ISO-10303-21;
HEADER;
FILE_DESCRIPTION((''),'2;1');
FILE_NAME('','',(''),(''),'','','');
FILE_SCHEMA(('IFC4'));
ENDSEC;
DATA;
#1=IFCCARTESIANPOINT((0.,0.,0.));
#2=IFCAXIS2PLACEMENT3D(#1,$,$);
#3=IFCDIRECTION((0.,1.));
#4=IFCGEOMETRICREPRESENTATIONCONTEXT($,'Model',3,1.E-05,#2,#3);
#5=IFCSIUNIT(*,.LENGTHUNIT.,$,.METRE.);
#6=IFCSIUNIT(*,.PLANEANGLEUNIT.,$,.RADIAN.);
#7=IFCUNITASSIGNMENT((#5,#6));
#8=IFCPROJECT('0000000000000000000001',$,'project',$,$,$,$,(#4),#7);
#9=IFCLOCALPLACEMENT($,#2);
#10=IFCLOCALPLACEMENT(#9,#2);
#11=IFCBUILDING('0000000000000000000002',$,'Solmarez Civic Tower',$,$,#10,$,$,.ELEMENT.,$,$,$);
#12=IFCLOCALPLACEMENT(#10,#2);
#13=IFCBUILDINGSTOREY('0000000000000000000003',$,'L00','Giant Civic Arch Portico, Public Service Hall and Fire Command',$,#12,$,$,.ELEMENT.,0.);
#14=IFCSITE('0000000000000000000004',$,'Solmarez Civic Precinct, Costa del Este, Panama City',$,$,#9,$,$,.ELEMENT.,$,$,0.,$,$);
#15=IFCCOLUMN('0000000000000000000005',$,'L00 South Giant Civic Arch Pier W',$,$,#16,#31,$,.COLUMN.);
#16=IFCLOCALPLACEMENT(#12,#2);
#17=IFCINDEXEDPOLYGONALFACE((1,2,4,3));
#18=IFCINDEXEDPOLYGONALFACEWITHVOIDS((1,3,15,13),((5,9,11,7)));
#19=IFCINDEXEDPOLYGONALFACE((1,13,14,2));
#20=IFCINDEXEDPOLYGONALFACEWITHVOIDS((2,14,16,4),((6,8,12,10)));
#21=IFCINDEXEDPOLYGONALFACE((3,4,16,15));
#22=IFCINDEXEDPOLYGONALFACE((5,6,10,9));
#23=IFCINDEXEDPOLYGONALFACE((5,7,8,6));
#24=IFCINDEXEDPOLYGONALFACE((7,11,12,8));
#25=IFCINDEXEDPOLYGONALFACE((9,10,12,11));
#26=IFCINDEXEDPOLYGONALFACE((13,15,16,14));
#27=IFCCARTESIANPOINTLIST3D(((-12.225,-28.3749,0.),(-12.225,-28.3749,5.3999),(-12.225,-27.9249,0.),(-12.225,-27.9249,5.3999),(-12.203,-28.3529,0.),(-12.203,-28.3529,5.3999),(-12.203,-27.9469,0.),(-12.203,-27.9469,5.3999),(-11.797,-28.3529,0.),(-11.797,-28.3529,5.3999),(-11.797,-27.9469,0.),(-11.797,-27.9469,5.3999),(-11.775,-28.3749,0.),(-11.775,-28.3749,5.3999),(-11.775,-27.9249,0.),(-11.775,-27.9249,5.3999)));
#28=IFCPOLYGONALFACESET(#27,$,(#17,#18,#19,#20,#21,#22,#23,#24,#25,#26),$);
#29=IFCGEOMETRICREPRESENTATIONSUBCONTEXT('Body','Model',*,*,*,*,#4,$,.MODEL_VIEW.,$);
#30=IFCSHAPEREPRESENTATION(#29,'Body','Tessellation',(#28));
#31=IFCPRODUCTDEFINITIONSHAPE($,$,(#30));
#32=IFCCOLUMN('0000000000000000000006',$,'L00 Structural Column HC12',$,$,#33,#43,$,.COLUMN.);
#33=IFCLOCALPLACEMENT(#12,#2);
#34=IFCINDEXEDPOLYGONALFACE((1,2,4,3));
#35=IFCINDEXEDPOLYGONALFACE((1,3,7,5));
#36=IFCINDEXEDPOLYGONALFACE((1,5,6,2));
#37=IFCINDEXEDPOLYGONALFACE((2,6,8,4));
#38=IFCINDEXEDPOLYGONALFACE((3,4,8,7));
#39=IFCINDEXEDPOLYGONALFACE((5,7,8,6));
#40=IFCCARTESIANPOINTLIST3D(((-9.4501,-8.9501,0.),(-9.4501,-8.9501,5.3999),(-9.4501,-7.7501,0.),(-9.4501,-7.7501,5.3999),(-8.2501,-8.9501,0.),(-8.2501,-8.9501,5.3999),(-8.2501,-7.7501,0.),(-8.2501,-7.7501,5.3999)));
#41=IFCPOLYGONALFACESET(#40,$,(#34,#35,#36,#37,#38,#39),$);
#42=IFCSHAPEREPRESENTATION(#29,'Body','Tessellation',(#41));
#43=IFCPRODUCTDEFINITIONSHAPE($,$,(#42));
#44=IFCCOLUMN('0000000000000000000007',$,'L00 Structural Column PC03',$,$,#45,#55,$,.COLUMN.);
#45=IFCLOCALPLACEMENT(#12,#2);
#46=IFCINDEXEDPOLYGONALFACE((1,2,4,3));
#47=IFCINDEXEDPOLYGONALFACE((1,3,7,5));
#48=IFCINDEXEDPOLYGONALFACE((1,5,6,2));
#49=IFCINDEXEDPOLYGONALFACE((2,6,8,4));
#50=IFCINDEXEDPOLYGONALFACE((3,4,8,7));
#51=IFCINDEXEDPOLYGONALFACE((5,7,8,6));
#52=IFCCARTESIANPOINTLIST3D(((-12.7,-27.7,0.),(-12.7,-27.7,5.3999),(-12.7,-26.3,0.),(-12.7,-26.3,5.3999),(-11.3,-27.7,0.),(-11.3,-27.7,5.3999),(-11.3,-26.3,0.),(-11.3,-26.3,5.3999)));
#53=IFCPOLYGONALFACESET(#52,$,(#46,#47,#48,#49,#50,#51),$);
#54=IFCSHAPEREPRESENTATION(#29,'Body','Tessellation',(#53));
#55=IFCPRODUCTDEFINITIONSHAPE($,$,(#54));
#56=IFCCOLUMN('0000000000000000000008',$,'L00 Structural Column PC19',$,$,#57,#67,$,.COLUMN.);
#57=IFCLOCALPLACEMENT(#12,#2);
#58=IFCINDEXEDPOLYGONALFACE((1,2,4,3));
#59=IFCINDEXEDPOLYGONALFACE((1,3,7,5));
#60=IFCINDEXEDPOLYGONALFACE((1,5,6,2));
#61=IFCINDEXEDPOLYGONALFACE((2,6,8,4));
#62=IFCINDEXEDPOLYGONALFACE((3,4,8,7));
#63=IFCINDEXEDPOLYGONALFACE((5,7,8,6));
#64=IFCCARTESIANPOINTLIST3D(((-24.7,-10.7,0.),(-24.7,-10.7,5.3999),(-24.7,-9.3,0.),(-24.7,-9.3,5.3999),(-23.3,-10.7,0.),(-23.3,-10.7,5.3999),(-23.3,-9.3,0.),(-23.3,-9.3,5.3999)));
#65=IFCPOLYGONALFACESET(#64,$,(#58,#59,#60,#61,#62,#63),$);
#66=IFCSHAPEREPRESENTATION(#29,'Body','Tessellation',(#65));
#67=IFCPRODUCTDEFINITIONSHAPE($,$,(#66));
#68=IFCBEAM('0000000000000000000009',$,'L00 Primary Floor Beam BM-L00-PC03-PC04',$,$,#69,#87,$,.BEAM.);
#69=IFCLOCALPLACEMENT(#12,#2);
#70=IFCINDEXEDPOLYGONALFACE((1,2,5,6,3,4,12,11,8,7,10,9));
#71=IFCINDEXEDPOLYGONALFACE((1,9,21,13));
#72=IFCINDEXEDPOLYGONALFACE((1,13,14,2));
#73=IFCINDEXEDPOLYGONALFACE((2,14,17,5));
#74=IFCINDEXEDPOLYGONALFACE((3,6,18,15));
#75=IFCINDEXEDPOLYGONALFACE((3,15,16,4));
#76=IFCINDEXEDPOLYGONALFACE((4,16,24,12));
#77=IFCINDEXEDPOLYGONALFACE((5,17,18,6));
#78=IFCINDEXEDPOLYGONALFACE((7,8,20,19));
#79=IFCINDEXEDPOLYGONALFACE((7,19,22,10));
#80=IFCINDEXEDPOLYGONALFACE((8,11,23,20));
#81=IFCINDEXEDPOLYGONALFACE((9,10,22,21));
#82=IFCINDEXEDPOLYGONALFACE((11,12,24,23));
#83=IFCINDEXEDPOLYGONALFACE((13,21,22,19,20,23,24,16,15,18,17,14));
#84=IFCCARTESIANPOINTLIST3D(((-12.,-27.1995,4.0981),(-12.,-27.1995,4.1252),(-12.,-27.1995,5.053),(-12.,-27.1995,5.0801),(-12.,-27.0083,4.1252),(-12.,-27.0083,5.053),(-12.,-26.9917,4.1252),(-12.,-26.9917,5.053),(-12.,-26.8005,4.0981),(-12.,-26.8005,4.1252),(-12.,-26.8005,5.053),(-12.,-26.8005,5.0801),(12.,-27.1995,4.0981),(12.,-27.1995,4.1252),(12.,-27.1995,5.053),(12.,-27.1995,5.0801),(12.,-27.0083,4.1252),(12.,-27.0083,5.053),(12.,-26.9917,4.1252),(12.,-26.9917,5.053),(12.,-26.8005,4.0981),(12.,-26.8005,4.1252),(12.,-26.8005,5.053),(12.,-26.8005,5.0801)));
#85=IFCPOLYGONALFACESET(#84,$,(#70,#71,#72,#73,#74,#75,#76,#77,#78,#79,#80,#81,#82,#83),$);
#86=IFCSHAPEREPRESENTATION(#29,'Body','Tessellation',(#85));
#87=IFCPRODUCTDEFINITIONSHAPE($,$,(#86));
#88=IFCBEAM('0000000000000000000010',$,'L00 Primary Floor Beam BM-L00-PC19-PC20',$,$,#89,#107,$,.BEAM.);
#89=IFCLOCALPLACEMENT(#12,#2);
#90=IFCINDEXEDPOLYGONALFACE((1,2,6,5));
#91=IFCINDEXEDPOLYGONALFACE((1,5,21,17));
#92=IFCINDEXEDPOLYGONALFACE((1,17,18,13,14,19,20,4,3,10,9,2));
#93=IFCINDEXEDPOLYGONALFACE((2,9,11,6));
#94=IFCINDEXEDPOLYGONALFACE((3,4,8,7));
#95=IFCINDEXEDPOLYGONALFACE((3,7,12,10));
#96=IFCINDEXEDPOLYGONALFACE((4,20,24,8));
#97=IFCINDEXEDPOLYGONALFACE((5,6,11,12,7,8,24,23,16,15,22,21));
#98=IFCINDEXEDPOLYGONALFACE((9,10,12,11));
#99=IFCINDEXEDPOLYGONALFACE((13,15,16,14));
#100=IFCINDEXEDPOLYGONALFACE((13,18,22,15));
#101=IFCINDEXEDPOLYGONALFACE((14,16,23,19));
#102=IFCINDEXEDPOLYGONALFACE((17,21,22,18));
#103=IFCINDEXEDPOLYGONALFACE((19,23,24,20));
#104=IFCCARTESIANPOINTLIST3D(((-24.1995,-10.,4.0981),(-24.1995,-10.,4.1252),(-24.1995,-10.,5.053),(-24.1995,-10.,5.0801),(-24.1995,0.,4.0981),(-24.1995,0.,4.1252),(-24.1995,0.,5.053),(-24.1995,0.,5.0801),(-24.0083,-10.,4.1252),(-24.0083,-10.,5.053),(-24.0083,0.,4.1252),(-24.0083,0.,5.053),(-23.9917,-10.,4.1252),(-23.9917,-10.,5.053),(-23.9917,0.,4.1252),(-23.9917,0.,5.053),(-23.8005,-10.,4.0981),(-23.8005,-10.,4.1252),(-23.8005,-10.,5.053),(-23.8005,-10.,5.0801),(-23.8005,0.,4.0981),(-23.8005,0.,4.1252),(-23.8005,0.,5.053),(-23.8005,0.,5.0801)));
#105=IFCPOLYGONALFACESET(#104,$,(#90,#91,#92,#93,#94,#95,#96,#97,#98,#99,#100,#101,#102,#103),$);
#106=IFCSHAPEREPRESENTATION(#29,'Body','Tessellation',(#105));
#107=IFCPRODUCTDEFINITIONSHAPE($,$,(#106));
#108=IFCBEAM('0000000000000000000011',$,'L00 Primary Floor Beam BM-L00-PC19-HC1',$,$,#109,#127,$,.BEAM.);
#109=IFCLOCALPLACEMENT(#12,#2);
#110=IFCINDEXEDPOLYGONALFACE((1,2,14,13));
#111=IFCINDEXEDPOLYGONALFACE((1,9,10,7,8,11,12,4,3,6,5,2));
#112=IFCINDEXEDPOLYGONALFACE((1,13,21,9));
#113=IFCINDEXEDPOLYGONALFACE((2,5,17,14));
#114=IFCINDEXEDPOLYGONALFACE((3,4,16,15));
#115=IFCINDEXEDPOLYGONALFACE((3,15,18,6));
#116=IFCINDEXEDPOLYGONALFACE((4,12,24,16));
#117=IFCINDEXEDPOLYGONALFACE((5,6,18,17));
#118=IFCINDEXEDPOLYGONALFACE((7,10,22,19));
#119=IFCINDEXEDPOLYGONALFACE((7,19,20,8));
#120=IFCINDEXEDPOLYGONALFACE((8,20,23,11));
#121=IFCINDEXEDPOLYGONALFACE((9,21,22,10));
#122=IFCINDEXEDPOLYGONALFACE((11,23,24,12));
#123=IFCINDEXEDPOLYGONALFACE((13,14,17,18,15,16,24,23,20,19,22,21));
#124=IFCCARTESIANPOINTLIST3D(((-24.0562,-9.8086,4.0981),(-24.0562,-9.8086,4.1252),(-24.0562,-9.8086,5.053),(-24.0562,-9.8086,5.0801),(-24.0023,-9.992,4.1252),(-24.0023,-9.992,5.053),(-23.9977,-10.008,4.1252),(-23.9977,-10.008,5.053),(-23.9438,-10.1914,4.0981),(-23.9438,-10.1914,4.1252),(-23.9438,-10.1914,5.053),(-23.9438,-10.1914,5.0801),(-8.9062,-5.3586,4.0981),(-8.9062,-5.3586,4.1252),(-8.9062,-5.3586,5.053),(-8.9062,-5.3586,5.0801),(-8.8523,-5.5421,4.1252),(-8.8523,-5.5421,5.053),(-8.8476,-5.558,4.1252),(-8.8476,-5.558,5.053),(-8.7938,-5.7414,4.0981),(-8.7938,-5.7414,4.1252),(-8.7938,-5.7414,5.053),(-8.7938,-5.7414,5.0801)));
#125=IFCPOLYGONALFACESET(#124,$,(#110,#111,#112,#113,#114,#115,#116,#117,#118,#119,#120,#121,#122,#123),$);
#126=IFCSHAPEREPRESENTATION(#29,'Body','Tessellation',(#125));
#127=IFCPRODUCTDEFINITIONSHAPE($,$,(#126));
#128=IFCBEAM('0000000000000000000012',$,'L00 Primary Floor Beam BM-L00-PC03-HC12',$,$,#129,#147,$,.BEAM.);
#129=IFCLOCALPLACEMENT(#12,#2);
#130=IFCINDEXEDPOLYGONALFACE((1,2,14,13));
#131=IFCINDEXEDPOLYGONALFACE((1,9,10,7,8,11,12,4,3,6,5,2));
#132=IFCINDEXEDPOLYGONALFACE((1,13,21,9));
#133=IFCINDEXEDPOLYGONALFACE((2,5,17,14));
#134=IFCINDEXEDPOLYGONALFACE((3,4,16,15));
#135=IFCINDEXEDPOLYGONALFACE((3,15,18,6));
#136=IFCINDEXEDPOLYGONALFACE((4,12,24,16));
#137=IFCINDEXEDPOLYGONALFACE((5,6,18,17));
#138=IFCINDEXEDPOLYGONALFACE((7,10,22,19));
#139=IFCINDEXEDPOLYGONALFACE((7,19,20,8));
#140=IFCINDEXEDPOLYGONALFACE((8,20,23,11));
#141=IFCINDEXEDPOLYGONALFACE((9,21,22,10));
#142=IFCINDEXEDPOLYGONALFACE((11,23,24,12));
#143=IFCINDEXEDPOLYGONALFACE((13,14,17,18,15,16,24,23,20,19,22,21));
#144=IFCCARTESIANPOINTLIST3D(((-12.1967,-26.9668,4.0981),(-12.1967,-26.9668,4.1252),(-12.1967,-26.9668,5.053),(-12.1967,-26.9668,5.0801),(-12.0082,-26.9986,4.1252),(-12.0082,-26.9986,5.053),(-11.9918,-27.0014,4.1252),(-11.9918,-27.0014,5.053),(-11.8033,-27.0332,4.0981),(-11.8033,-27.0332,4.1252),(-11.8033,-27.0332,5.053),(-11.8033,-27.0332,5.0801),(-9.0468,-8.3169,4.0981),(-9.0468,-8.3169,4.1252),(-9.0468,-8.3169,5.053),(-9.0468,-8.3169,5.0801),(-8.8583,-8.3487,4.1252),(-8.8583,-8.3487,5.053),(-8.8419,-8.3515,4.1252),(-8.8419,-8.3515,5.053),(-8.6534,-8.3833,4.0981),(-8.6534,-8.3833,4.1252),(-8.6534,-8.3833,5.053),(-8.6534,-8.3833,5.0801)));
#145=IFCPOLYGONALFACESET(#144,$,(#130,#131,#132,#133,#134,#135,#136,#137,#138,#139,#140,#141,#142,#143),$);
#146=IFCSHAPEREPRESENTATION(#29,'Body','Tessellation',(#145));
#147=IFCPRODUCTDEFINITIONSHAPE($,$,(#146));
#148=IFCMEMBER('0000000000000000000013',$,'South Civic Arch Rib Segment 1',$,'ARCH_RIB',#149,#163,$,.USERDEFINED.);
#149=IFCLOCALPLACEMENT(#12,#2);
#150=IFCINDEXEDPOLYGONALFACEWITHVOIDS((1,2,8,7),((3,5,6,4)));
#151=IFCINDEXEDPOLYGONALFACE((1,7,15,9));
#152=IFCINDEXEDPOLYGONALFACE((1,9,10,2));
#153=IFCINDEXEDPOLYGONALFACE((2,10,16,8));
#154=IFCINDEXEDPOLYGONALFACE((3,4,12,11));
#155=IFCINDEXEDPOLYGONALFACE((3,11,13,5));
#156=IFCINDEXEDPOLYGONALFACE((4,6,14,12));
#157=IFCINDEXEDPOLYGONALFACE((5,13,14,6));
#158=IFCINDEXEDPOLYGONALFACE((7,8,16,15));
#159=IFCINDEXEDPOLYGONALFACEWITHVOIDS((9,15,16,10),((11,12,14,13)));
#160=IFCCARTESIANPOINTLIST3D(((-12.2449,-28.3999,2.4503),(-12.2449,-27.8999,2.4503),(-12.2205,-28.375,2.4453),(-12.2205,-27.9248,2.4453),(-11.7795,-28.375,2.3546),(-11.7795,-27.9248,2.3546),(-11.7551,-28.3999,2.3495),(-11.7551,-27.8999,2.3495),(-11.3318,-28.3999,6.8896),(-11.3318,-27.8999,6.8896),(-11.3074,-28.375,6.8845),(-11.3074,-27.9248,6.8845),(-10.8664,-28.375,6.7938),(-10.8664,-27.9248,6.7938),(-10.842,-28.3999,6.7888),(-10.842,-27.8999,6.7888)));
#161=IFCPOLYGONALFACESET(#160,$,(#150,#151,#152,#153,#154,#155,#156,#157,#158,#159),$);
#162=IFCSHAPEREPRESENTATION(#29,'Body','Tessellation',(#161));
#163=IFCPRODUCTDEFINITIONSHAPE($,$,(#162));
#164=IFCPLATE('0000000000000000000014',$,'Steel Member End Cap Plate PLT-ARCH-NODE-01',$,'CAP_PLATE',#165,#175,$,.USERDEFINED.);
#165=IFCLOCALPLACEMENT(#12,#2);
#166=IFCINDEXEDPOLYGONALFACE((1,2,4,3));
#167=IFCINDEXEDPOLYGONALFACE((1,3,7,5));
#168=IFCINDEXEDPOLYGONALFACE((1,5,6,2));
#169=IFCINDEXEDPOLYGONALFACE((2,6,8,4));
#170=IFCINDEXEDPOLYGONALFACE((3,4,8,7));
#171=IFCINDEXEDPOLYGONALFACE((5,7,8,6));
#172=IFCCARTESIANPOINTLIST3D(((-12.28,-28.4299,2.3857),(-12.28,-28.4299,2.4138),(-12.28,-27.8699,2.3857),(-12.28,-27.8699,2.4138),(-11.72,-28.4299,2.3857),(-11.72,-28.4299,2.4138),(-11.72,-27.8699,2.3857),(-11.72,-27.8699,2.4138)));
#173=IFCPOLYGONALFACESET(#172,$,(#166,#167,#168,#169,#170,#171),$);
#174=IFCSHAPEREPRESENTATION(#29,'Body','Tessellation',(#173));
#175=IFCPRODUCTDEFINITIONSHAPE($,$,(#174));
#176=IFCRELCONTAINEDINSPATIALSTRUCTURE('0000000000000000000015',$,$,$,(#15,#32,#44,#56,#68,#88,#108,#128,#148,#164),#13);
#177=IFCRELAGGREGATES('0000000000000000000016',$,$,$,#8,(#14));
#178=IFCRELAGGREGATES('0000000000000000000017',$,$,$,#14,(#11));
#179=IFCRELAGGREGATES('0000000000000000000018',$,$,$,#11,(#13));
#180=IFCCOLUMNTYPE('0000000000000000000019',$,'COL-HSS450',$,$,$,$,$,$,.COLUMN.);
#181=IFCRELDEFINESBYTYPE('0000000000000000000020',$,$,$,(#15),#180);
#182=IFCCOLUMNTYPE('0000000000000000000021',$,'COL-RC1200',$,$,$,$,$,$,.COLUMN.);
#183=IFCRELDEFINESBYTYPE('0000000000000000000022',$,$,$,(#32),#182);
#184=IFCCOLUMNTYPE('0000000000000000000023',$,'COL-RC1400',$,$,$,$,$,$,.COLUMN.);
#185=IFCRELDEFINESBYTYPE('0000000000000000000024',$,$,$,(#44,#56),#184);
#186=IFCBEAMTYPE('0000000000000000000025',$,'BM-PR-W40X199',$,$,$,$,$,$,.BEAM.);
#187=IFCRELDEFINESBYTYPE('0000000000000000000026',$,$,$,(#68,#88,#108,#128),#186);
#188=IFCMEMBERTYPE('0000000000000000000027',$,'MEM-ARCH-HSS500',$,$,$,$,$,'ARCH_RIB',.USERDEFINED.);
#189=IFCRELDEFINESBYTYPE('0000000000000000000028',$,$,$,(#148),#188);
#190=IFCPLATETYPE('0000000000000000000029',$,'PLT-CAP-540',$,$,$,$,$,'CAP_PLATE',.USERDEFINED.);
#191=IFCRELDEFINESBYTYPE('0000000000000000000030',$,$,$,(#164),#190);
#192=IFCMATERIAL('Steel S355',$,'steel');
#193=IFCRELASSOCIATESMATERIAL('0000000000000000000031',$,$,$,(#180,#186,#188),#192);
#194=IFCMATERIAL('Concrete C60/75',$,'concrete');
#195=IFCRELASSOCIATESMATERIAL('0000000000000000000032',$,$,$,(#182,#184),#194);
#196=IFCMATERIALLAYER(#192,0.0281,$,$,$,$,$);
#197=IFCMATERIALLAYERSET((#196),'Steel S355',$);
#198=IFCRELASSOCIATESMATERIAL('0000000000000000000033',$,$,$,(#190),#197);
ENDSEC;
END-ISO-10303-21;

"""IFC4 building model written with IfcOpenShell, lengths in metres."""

from ifc_helpers import new_model, si_unit, direction, frame, origin, origin_2d, place, context, subcontext, project, spatial, rectangle, hollow_rectangle, i_section, extrude, material, layer, layer_set, material_profile, profile_set, type_object, element, save


model = new_model("IFC4")

# Units and contexts
model_context = context("Model", 3, precision=1e-05, world=origin(), true_north=direction((0.0, 1.0)))
body_context = subcontext(model_context, "Body", "Model", "MODEL_VIEW")
ifc_project = project(units=[si_unit("LENGTHUNIT", "METRE"), si_unit("PLANEANGLEUNIT", "RADIAN")], contexts=[model_context])

# Site, building, storey
site_placement = place(None, origin())
site = spatial("IfcSite", under=ifc_project, at=site_placement, Name="Solmarez Civic Precinct, Costa del Este, Panama City", CompositionType="ELEMENT", RefElevation=0.0)
building_placement = place(site_placement, origin())
building = spatial("IfcBuilding", under=site, at=building_placement, Name="Solmarez Civic Tower", CompositionType="ELEMENT")
storey_placement = place(building_placement, origin())
storey = spatial("IfcBuildingStorey", under=building, at=storey_placement, Name="L00", Description="Giant Civic Arch Portico, Public Service Hall and Fire Command", CompositionType="ELEMENT", Elevation=0.0)

# Columns
ifc_material_1 = material(Name="Steel S355", Category="steel")
ifc_material_profile_1 = material_profile(ifc_material_1, hollow_rectangle(XDim=0.45, YDim=0.45, WallThickness=0.022, at=origin_2d()), Name="HSS450X450X22")
ifc_profile_set_1 = profile_set([ifc_material_profile_1], Name="Steel S355")
column_type_1 = type_object("IfcColumnType", Name="COL-HSS450", PredefinedType="COLUMN", material=ifc_profile_set_1)
column_1_placement = place(storey_placement, frame((-12.0, -28.1499, 0.0), z_axis=(0.0, 0.0, 1.0), x_axis=(1.0, 0.0, 0.0)))
element("IfcColumn", 1, at=column_1_placement, inside=storey, type_object=column_type_1, Name="L00 South Giant Civic Arch Pier W", PredefinedType="COLUMN", context=body_context, shape_type="SweptSolid", body=[
    extrude(hollow_rectangle(XDim=0.45, YDim=0.45, WallThickness=0.022, at=origin_2d()), origin(), (0.0, 0.0, 1.0), 5.3999),
])
ifc_material_2 = material(Name="Concrete C60/75", Category="concrete")
ifc_material_profile_2 = material_profile(ifc_material_2, rectangle(XDim=1.2, YDim=1.2, at=origin_2d()), Name="RC1200X1200")
ifc_profile_set_2 = profile_set([ifc_material_profile_2], Name="Concrete C60/75")
column_type_2 = type_object("IfcColumnType", Name="COL-RC1200", PredefinedType="COLUMN", material=ifc_profile_set_2)
column_2_placement = place(storey_placement, frame((-8.8501, -8.3501, 0.0), z_axis=(0.0, 0.0, 1.0), x_axis=(1.0, 0.0, 0.0)))
element("IfcColumn", 2, at=column_2_placement, inside=storey, type_object=column_type_2, Name="L00 Structural Column HC12", PredefinedType="COLUMN", context=body_context, shape_type="SweptSolid", body=[
    extrude(rectangle(XDim=1.2, YDim=1.2, at=origin_2d()), origin(), (0.0, 0.0, 1.0), 5.3999),
])
ifc_material_profile_3 = material_profile(ifc_material_2, rectangle(XDim=1.3999, YDim=1.3999, at=origin_2d()), Name="RC1400X1400")
ifc_profile_set_3 = profile_set([ifc_material_profile_3], Name="Concrete C60/75")
column_type_3 = type_object("IfcColumnType", Name="COL-RC1400", PredefinedType="COLUMN", material=ifc_profile_set_3)
for number, where, z_axis, x_axis, name in (
    (3, (-12.0, -27.0, 0.0), (0.0, 0.0, 1.0), (1.0, 0.0, 0.0), "L00 Structural Column PC03"),
    (4, (-24.0, -10.0, 0.0), (0.0, 0.0, 1.0), (1.0, 0.0, 0.0), "L00 Structural Column PC19"),
):
    element("IfcColumn", number, at=place(storey_placement, frame(where, z_axis=z_axis, x_axis=x_axis)), inside=storey, type_object=column_type_3, Name=name, PredefinedType="COLUMN", context=body_context, shape_type="SweptSolid", body=[
        extrude(rectangle(XDim=1.3999, YDim=1.3999, at=origin_2d()), origin(), (0.0, 0.0, 1.0), 5.3999),
    ])

# Beams
ifc_material_profile_4 = material_profile(ifc_material_1, i_section(OverallWidth=0.3989, OverallDepth=0.9819, WebThickness=0.0166, FlangeThickness=0.0271, at=origin_2d()), Name="W40X199")
ifc_profile_set_4 = profile_set([ifc_material_profile_4], Name="Steel S355")
beam_type = type_object("IfcBeamType", Name="BM-PR-W40X199", PredefinedType="BEAM", material=ifc_profile_set_4)
beam_1_placement = place(storey_placement, frame((-12.0, -27.0, 4.5891), z_axis=(1.0, 0.0, 0.0), x_axis=(0.0, 1.0, 0.0)))
element("IfcBeam", 5, at=beam_1_placement, inside=storey, type_object=beam_type, Name="L00 Primary Floor Beam BM-L00-PC03-PC04", PredefinedType="BEAM", context=body_context, shape_type="SweptSolid", body=[
    extrude(i_section(OverallWidth=0.3989, OverallDepth=0.9819, WebThickness=0.0166, FlangeThickness=0.0271, at=origin_2d()), origin(), (0.0, 0.0, 1.0), 24.0),
])
beam_2_placement = place(storey_placement, frame((-24.0, -10.0, 4.5891), z_axis=(0.0, 1.0, 0.0), x_axis=(-1.0, 0.0, 0.0)))
element("IfcBeam", 6, at=beam_2_placement, inside=storey, type_object=beam_type, Name="L00 Primary Floor Beam BM-L00-PC19-PC20", PredefinedType="BEAM", context=body_context, shape_type="SweptSolid", body=[
    extrude(i_section(OverallWidth=0.3989, OverallDepth=0.9819, WebThickness=0.0166, FlangeThickness=0.0271, at=origin_2d()), origin(), (0.0, 0.0, 1.0), 10.0),
])
beam_3_placement = place(storey_placement, frame((-24.0, -10.0, 4.5891), z_axis=(0.959467, 0.281822, 0.0), x_axis=(-0.281822, 0.959467, 0.0)))
element("IfcBeam", 7, at=beam_3_placement, inside=storey, type_object=beam_type, Name="L00 Primary Floor Beam BM-L00-PC19-HC1", PredefinedType="BEAM", context=body_context, shape_type="SweptSolid", body=[
    extrude(i_section(OverallWidth=0.3989, OverallDepth=0.9819, WebThickness=0.0166, FlangeThickness=0.0271, at=origin_2d()), origin(), (0.0, 0.0, 1.0), 15.79),
])
beam_4_placement = place(storey_placement, frame((-12.0, -27.0, 4.5891), z_axis=(0.166538, 0.986035, 0.0), x_axis=(-0.986035, 0.166538, 0.0)))
element("IfcBeam", 8, at=beam_4_placement, inside=storey, type_object=beam_type, Name="L00 Primary Floor Beam BM-L00-PC03-HC12", PredefinedType="BEAM", context=body_context, shape_type="SweptSolid", body=[
    extrude(i_section(OverallWidth=0.3989, OverallDepth=0.9819, WebThickness=0.0166, FlangeThickness=0.0271, at=origin_2d()), origin(), (0.0, 0.0, 1.0), 18.9141),
])

# Member
ifc_material_profile_5 = material_profile(ifc_material_1, hollow_rectangle(XDim=0.5, YDim=0.5, WallThickness=0.0249, at=origin_2d()), Name="HSS500X500X25")
ifc_profile_set_5 = profile_set([ifc_material_profile_5], Name="Steel S355")
member_type = type_object("IfcMemberType", Name="MEM-ARCH-HSS500", ElementType="ARCH_RIB", PredefinedType="USERDEFINED", material=ifc_profile_set_5)
member_placement = place(storey_placement, frame((-12.0, -28.1499, 2.3999), z_axis=(0.201469, 0.0, 0.979495), x_axis=(0.0, 1.0, 0.0)))
element("IfcMember", 9, at=member_placement, inside=storey, type_object=member_type, Name="South Civic Arch Rib Segment 1", ObjectType="ARCH_RIB", PredefinedType="USERDEFINED", context=body_context, shape_type="SweptSolid", body=[
    extrude(hollow_rectangle(XDim=0.5, YDim=0.5, WallThickness=0.0249, at=origin_2d()), origin(), (0.0, 0.0, 1.0), 4.5322),
])

# Plate
ifc_layer_1 = layer(ifc_material_1, 0.0281)
ifc_layer_set_1 = layer_set([ifc_layer_1], Name="Steel S355")
plate_type_1 = type_object("IfcPlateType", Name="PLT-CAP-540", ElementType="CAP_PLATE", PredefinedType="USERDEFINED", material=ifc_layer_set_1)
plate_1_placement = place(storey_placement, frame((-12.0, -28.1499, 2.3857), z_axis=(0.0, 0.0, 1.0), x_axis=(1.0, 0.0, 0.0)))
element("IfcPlate", 10, at=plate_1_placement, inside=storey, type_object=plate_type_1, Name="Steel Member End Cap Plate PLT-ARCH-NODE-01", ObjectType="CAP_PLATE", PredefinedType="USERDEFINED", context=body_context, shape_type="SweptSolid", body=[
    extrude(rectangle(XDim=0.5601, YDim=0.5601, at=origin_2d()), origin(), (0.0, 0.0, 1.0), 0.0281),
])

save(model, "model.ifc")
